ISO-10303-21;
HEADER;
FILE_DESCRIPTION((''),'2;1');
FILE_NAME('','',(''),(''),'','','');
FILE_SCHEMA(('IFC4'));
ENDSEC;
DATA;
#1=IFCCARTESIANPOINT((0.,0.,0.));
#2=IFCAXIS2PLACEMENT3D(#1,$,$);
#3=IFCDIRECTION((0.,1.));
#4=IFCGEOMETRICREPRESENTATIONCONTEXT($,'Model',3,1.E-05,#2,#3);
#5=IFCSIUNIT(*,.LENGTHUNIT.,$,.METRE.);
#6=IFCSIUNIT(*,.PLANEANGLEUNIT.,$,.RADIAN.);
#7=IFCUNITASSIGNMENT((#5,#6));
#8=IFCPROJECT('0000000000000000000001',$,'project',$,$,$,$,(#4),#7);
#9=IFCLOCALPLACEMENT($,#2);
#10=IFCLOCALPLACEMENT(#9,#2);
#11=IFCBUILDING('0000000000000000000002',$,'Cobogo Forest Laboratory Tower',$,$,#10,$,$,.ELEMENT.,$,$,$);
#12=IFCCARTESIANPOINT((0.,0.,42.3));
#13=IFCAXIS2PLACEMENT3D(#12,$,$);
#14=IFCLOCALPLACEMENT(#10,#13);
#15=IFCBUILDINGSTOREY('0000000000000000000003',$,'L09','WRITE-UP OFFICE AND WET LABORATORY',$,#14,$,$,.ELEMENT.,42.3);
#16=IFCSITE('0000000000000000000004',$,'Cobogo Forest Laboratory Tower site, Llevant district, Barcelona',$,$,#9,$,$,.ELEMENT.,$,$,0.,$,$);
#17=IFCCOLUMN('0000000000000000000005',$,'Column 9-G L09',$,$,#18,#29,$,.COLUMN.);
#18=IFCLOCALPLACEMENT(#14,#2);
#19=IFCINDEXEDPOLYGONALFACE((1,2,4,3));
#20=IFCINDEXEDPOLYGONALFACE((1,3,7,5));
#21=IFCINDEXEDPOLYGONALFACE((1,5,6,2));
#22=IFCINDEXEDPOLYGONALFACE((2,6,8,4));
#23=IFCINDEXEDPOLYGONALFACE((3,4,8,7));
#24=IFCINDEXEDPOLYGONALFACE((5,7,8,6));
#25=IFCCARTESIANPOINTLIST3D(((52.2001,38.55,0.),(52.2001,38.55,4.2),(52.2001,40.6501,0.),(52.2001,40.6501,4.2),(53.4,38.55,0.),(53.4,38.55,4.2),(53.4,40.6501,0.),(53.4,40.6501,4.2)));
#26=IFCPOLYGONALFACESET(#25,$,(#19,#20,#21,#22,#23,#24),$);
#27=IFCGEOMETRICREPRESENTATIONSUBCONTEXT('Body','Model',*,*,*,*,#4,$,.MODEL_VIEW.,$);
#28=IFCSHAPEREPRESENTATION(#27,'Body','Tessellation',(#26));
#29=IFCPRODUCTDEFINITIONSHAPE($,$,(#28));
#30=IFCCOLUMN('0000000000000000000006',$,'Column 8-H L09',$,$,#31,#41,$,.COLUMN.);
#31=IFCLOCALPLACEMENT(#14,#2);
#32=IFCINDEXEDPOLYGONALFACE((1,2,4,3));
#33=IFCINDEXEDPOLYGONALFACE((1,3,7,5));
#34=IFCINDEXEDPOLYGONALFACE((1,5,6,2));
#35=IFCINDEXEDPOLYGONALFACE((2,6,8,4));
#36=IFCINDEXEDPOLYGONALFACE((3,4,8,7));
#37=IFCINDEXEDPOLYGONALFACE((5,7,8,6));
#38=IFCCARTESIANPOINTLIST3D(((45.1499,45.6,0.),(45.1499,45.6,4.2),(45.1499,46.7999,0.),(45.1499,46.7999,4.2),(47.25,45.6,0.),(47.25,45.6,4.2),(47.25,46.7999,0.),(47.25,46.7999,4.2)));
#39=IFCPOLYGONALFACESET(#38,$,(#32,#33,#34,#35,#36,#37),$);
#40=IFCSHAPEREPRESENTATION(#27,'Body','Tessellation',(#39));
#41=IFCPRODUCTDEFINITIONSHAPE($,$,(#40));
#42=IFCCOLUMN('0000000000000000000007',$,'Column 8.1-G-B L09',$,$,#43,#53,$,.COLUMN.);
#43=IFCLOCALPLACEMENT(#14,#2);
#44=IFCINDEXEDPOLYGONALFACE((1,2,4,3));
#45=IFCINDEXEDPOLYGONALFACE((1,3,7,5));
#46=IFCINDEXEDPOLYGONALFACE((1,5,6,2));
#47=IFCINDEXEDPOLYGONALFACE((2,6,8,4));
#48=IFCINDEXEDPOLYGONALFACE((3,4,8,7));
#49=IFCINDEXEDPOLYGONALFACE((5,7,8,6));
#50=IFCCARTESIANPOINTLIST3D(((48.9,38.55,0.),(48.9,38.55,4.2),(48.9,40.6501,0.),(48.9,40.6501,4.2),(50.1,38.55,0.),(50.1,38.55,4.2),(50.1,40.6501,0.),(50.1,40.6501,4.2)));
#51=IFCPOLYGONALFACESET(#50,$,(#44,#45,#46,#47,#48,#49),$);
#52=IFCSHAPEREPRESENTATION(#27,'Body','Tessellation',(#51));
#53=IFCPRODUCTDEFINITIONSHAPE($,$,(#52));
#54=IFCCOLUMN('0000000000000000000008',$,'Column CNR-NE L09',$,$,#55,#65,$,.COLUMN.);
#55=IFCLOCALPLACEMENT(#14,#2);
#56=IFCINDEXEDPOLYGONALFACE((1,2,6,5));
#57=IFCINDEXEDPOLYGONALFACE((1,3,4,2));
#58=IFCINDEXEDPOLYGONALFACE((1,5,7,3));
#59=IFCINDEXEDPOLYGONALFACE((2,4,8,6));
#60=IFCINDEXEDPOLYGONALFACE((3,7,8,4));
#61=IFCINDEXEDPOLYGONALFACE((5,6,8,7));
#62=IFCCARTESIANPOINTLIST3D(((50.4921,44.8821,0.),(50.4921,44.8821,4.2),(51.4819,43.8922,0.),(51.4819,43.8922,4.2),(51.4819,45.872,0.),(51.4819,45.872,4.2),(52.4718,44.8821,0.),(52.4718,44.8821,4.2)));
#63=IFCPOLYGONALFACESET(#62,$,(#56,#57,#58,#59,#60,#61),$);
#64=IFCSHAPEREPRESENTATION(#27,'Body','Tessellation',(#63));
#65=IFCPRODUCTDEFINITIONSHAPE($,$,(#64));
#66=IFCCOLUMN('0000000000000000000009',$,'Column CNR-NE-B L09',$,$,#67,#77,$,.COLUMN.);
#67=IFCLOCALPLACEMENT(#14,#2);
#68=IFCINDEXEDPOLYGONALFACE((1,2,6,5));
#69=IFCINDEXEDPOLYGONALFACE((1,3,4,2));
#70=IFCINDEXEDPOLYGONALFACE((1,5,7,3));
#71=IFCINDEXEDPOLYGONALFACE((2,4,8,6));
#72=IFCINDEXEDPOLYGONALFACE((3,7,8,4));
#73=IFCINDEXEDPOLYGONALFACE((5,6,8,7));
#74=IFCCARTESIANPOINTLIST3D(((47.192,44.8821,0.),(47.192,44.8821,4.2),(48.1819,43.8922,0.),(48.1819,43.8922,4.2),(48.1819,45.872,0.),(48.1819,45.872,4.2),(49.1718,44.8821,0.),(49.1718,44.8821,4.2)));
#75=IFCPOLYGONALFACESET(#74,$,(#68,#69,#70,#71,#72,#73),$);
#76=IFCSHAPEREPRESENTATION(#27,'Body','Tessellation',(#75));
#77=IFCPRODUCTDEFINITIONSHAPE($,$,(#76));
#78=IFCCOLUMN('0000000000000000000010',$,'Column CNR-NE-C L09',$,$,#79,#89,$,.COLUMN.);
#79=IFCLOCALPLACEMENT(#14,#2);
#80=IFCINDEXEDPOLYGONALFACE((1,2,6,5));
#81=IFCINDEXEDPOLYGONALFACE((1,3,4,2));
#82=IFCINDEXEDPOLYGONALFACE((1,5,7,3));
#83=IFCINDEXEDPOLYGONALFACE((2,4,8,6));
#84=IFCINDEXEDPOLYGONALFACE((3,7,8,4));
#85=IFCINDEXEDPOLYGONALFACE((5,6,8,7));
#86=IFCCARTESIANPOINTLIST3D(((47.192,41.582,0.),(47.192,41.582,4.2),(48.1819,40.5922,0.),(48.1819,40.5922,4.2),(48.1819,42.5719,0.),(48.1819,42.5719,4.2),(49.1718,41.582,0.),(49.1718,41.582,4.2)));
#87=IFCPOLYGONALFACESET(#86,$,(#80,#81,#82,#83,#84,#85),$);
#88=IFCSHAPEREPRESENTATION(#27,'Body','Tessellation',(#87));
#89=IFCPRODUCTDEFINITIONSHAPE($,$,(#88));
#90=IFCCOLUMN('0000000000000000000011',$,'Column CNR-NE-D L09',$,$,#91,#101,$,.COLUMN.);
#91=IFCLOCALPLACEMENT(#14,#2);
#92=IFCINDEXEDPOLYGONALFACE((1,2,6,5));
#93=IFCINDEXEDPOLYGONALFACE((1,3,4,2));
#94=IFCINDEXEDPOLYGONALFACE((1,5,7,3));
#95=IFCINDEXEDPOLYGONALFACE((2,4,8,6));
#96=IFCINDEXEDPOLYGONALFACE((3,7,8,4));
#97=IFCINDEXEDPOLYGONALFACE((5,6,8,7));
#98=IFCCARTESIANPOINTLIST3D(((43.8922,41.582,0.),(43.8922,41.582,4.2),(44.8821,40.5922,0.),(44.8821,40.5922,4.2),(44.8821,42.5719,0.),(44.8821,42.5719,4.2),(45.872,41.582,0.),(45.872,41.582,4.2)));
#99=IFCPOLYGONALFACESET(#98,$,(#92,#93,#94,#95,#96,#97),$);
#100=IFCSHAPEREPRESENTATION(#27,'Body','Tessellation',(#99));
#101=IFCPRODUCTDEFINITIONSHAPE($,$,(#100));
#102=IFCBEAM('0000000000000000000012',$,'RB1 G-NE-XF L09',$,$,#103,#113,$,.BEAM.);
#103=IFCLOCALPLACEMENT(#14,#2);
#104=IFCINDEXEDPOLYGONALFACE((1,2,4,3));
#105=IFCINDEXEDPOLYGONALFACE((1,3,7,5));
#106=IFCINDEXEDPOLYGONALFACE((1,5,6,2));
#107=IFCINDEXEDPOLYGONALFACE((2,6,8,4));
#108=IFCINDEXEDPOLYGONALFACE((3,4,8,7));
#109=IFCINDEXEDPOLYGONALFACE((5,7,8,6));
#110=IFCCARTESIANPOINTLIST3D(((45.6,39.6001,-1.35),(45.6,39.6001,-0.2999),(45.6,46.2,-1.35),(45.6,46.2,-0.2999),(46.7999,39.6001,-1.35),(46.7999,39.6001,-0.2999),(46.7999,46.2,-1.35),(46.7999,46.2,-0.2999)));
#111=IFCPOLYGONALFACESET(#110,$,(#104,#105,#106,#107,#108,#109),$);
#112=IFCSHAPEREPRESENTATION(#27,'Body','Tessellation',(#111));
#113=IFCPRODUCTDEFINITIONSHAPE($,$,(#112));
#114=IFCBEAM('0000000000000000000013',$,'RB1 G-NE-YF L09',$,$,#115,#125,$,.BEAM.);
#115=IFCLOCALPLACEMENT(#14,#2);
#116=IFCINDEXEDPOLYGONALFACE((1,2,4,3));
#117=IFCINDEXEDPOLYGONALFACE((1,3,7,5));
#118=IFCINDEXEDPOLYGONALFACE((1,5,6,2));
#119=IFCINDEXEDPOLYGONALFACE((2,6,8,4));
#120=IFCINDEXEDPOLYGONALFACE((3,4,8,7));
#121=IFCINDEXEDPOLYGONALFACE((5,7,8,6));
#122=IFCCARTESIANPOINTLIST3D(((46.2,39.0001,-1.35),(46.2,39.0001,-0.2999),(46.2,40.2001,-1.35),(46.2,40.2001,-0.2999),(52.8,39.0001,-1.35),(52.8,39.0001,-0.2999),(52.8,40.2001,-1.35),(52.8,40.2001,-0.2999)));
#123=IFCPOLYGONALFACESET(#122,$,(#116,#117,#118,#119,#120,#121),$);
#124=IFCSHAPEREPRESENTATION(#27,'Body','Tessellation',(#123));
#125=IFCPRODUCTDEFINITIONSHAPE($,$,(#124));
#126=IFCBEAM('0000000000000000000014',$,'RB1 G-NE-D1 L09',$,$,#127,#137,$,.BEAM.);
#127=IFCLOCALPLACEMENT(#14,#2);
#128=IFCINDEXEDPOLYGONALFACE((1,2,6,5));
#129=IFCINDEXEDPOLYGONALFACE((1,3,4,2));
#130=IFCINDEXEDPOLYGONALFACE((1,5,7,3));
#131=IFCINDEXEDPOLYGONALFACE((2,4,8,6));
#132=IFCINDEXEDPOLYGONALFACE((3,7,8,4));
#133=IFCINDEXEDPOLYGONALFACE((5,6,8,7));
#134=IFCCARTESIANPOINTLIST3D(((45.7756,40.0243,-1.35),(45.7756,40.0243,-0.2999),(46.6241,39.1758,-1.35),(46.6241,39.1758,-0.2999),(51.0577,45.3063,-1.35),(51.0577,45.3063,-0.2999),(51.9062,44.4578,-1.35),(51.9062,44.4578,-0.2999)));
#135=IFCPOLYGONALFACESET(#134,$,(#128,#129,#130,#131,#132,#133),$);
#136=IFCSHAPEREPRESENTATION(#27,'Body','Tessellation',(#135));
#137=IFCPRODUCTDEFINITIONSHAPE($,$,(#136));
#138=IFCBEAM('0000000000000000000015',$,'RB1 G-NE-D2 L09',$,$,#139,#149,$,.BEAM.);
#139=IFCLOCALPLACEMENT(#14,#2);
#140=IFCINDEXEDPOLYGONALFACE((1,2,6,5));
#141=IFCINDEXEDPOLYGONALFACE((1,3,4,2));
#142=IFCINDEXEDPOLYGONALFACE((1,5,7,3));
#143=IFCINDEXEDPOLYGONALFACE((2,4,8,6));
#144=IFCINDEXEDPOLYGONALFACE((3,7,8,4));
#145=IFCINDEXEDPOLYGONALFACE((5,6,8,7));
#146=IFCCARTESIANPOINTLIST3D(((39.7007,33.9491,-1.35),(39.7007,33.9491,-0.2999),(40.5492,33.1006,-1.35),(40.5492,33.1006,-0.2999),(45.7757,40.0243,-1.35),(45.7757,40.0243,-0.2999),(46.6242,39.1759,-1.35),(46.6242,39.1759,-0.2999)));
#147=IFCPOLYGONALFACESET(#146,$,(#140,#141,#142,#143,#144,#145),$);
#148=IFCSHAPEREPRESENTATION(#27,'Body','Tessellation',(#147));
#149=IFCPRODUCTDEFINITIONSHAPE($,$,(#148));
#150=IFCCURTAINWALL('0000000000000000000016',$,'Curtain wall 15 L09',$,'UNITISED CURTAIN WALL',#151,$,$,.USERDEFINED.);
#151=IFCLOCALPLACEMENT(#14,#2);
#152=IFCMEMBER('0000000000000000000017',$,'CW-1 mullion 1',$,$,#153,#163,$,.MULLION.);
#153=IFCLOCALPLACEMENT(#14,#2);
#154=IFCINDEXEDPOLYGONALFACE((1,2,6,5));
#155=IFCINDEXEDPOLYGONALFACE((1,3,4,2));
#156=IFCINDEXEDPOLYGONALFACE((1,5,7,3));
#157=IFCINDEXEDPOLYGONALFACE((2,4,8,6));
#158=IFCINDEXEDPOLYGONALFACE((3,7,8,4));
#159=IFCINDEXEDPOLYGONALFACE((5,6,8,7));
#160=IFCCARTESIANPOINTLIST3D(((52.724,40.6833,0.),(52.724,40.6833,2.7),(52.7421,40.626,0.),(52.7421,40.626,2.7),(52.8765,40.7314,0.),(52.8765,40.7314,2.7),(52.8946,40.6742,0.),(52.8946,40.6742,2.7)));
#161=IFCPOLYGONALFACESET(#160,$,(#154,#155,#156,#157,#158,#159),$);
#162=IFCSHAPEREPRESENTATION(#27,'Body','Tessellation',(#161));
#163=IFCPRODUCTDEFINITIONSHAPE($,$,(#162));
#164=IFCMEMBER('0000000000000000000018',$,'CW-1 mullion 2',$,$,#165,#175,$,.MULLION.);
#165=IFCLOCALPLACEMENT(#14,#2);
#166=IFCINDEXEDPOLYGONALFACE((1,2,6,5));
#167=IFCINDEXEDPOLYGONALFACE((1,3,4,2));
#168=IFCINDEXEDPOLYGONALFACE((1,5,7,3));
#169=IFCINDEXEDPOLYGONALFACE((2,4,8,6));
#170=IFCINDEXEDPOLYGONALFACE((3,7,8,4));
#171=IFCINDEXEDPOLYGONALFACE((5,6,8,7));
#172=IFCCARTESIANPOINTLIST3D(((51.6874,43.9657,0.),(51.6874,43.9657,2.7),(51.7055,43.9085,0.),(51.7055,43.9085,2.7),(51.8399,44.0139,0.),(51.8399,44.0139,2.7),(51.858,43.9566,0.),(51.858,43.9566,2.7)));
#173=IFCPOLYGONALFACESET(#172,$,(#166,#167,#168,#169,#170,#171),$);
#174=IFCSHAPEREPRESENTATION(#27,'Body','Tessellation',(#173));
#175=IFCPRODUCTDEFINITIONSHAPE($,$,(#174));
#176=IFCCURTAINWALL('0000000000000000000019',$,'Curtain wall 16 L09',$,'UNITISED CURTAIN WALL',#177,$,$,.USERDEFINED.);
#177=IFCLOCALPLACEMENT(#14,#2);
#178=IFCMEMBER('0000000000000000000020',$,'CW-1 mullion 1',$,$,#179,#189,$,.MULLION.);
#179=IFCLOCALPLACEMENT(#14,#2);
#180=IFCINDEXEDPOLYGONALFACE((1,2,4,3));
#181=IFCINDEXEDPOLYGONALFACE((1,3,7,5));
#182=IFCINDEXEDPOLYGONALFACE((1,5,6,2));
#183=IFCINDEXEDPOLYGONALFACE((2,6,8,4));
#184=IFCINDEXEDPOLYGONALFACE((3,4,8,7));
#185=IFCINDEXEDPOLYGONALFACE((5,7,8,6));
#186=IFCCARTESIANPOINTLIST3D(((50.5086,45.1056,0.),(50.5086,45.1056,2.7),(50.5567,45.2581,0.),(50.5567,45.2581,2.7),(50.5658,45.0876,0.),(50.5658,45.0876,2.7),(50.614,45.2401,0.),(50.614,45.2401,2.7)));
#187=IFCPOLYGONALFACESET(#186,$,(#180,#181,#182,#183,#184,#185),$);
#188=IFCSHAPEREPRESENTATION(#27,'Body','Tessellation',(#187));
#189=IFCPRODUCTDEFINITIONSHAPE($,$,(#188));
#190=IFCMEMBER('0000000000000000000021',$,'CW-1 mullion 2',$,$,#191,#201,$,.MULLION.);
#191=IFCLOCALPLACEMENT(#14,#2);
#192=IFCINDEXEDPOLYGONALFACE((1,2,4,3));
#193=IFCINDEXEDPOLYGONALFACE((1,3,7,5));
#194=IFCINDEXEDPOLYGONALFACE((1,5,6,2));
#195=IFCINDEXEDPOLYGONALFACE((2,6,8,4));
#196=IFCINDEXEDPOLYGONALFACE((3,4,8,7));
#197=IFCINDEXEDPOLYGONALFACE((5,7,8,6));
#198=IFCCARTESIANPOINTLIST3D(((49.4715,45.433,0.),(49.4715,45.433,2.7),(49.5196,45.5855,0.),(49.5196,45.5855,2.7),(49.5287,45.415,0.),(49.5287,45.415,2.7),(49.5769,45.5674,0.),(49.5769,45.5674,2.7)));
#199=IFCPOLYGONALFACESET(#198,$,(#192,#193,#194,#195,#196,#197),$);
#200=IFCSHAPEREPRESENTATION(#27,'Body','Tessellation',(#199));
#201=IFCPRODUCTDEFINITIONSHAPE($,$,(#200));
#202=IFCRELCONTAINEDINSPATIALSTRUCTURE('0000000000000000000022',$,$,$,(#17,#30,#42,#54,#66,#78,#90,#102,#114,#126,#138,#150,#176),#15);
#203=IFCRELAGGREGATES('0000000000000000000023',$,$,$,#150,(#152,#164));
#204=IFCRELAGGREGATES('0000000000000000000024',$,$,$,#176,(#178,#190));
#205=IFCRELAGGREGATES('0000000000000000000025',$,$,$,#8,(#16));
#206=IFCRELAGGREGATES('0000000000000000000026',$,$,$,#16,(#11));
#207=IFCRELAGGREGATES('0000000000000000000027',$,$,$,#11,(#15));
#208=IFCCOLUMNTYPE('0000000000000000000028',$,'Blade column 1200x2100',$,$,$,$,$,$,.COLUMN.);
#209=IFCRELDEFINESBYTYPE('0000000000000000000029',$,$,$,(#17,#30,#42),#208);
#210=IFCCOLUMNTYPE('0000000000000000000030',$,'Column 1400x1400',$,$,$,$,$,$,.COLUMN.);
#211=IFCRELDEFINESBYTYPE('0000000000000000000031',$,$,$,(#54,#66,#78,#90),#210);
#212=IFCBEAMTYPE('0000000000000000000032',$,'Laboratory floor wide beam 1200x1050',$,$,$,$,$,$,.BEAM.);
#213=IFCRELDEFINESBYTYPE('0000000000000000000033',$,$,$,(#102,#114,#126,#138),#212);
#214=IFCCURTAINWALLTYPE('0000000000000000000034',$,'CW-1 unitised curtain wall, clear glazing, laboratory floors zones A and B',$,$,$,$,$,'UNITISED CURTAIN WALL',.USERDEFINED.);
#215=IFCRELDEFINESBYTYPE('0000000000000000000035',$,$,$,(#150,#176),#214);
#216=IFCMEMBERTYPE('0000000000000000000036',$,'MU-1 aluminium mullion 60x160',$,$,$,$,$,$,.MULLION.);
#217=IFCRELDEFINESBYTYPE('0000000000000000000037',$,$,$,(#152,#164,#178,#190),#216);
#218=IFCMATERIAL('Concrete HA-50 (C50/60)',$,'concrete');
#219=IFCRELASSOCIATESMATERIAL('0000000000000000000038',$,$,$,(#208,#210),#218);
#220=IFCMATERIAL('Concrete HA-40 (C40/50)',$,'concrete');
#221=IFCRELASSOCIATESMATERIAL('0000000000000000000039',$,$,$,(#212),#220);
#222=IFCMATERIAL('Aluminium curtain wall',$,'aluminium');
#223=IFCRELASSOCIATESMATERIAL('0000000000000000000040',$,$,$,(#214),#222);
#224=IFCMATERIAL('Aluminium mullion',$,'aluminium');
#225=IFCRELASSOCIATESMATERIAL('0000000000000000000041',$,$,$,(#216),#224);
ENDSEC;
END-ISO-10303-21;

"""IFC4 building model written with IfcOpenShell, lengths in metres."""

from ifc_helpers import new_model, si_unit, direction, frame, origin, origin_2d, place, context, subcontext, project, spatial, rectangle, extrude, material, material_profile, profile_set, type_object, element, aggregate, save


model = new_model("IFC4")

# Units and contexts
model_context = context("Model", 3, precision=1e-05, world=origin(), true_north=direction((0.0, 1.0)))
body_context = subcontext(model_context, "Body", "Model", "MODEL_VIEW")
ifc_project = project(units=[si_unit("LENGTHUNIT", "METRE"), si_unit("PLANEANGLEUNIT", "RADIAN")], contexts=[model_context])

# Site, building, storey
site_placement = place(None, origin())
site = spatial("IfcSite", under=ifc_project, at=site_placement, Name="Cobogo Forest Laboratory Tower site, Llevant district, Barcelona", CompositionType="ELEMENT", RefElevation=0.0)
building_placement = place(site_placement, origin())
building = spatial("IfcBuilding", under=site, at=building_placement, Name="Cobogo Forest Laboratory Tower", CompositionType="ELEMENT")
storey_placement = place(building_placement, frame((0.0, 0.0, 42.3)))
storey = spatial("IfcBuildingStorey", under=building, at=storey_placement, Name="L09", Description="WRITE-UP OFFICE AND WET LABORATORY", CompositionType="ELEMENT", Elevation=42.3)

# Columns
ifc_material_1 = material(Name="Concrete HA-50 (C50/60)", Category="concrete")
ifc_material_profile_1 = material_profile(ifc_material_1, rectangle(XDim=2.1001, YDim=1.2, at=origin_2d()), Name="RC 1200x2100")
ifc_profile_set_1 = profile_set([ifc_material_profile_1], Name="Concrete HA-50 (C50/60)")
column_type_1 = type_object("IfcColumnType", Name="Blade column 1200x2100", PredefinedType="COLUMN", material=ifc_profile_set_1)
for number, where, z_axis, x_axis, name in (
    (1, (52.8, 39.6001, 0.0), (0.0, 0.0, 1.0), (0.0, 1.0, 0.0), "Column 9-G L09"),
    (2, (46.2, 46.2, 0.0), (0.0, 0.0, 1.0), (1.0, 0.0, 0.0), "Column 8-H L09"),
    (3, (49.5, 39.6001, 0.0), (0.0, 0.0, 1.0), (0.0, 1.0, 0.0), "Column 8.1-G-B L09"),
):
    element("IfcColumn", number, at=place(storey_placement, frame(where, z_axis=z_axis, x_axis=x_axis)), inside=storey, type_object=column_type_1, Name=name, PredefinedType="COLUMN", context=body_context, shape_type="SweptSolid", body=[
        extrude(rectangle(XDim=2.1001, YDim=1.2, at=origin_2d()), origin(), (0.0, 0.0, 1.0), 4.2),
    ])
ifc_material_profile_2 = material_profile(ifc_material_1, rectangle(XDim=1.3999, YDim=1.3999, at=origin_2d()), Name="RC 1400x1400")
ifc_profile_set_2 = profile_set([ifc_material_profile_2], Name="Concrete HA-50 (C50/60)")
column_type_2 = type_object("IfcColumnType", Name="Column 1400x1400", PredefinedType="COLUMN", material=ifc_profile_set_2)
for number, where, z_axis, x_axis, name in (
    (4, (51.4819, 44.8821, 0.0), (0.0, 0.0, 1.0), (0.707107, 0.707107, 0.0), "Column CNR-NE L09"),
    (5, (48.1819, 44.8821, 0.0), (0.0, 0.0, 1.0), (0.707107, 0.707107, 0.0), "Column CNR-NE-B L09"),
    (6, (48.1819, 41.582, 0.0), (0.0, 0.0, 1.0), (0.707107, 0.707107, 0.0), "Column CNR-NE-C L09"),
    (7, (44.8821, 41.582, 0.0), (0.0, 0.0, 1.0), (0.707107, 0.707107, 0.0), "Column CNR-NE-D L09"),
):
    element("IfcColumn", number, at=place(storey_placement, frame(where, z_axis=z_axis, x_axis=x_axis)), inside=storey, type_object=column_type_2, Name=name, PredefinedType="COLUMN", context=body_context, shape_type="SweptSolid", body=[
        extrude(rectangle(XDim=1.3999, YDim=1.3999, at=origin_2d()), origin(), (0.0, 0.0, 1.0), 4.2),
    ])

# Beams
ifc_material_2 = material(Name="Concrete HA-40 (C40/50)", Category="concrete")
ifc_material_profile_3 = material_profile(ifc_material_2, rectangle(XDim=1.2, YDim=1.05, at=origin_2d()), Name="RC 1200x1050")
ifc_profile_set_3 = profile_set([ifc_material_profile_3], Name="Concrete HA-40 (C40/50)")
beam_type_1 = type_object("IfcBeamType", Name="Laboratory floor wide beam 1200x1050", PredefinedType="BEAM", material=ifc_profile_set_3)
beam_1_placement = place(storey_placement, frame((46.2, 46.2, -0.825), z_axis=(0.0, -1.0, 0.0), x_axis=(1.0, 0.0, 0.0)))
element("IfcBeam", 8, at=beam_1_placement, inside=storey, type_object=beam_type_1, Name="RB1 G-NE-XF L09", PredefinedType="BEAM", context=body_context, shape_type="SweptSolid", body=[
    extrude(rectangle(XDim=1.2, YDim=1.05, at=origin_2d()), origin(), (0.0, 0.0, 1.0), 6.5999),
])
beam_2_placement = place(storey_placement, frame((52.8, 39.6001, -0.825), z_axis=(-1.0, 0.0, 0.0), x_axis=(0.0, -1.0, 0.0)))
element("IfcBeam", 9, at=beam_2_placement, inside=storey, type_object=beam_type_1, Name="RB1 G-NE-YF L09", PredefinedType="BEAM", context=body_context, shape_type="SweptSolid", body=[
    extrude(rectangle(XDim=1.2, YDim=1.05, at=origin_2d()), origin(), (0.0, 0.0, 1.0), 6.6001),
])
beam_3_placement = place(storey_placement, frame((51.4819, 44.8821, -0.825), z_axis=(-0.707107, -0.707107, 0.0), x_axis=(0.707107, -0.707107, 0.0)))
element("IfcBeam", 10, at=beam_3_placement, inside=storey, type_object=beam_type_1, Name="RB1 G-NE-D1 L09", PredefinedType="BEAM", context=body_context, shape_type="SweptSolid", body=[
    extrude(rectangle(XDim=1.2, YDim=1.05, at=origin_2d()), origin(), (0.0, 0.0, 1.0), 7.47),
])
beam_4_placement = place(storey_placement, frame((46.2, 39.6001, -0.825), z_axis=(-0.707093, -0.707121, 0.0), x_axis=(0.707121, -0.707093, 0.0)))
element("IfcBeam", 11, at=beam_4_placement, inside=storey, type_object=beam_type_1, Name="RB1 G-NE-D2 L09", PredefinedType="BEAM", context=body_context, shape_type="SweptSolid", body=[
    extrude(rectangle(XDim=1.2, YDim=1.05, at=origin_2d()), origin(), (0.0, 0.0, 1.0), 8.5916),
])

# Curtain walls, members
ifc_material_3 = material(Name="Aluminium curtain wall", Category="aluminium")
curtain_wall_type = type_object("IfcCurtainWallType", Name="CW-1 unitised curtain wall, clear glazing, laboratory floors zones A and B", ElementType="UNITISED CURTAIN WALL", PredefinedType="USERDEFINED", material=ifc_material_3)
curtain_wall_1_placement = place(storey_placement, origin())
curtain_wall_1 = element("IfcCurtainWall", 12, at=curtain_wall_1_placement, inside=storey, type_object=curtain_wall_type, Name="Curtain wall 15 L09", ObjectType="UNITISED CURTAIN WALL", PredefinedType="USERDEFINED")
ifc_material_4 = material(Name="Aluminium mullion", Category="aluminium")
ifc_material_profile_4 = material_profile(ifc_material_4, rectangle(XDim=0.0601, YDim=0.1599, at=origin_2d()), Name="AL 60x160")
ifc_profile_set_4 = profile_set([ifc_material_profile_4], Name="Aluminium mullion")
member_type_1 = type_object("IfcMemberType", Name="MU-1 aluminium mullion 60x160", PredefinedType="MULLION", material=ifc_profile_set_4)
member_1_placement = place(storey_placement, frame((52.8093, 40.6787, 0.0), z_axis=(0.0, 0.0, 1.0), x_axis=(-0.301135, 0.953581, 0.0)))
member_1 = element("IfcMember", 13, at=member_1_placement, type_object=member_type_1, Name="CW-1 mullion 1", PredefinedType="MULLION", context=body_context, shape_type="SweptSolid", body=[
    extrude(rectangle(XDim=0.0601, YDim=0.1599, at=origin_2d()), origin(), (0.0, 0.0, 1.0), 2.7),
])
member_2_placement = place(storey_placement, frame((51.7727, 43.9612, 0.0), z_axis=(0.0, 0.0, 1.0), x_axis=(-0.301135, 0.953581, 0.0)))
member_2 = element("IfcMember", 14, at=member_2_placement, type_object=member_type_1, Name="CW-1 mullion 2", PredefinedType="MULLION", context=body_context, shape_type="SweptSolid", body=[
    extrude(rectangle(XDim=0.0601, YDim=0.1599, at=origin_2d()), origin(), (0.0, 0.0, 1.0), 2.7),
])
curtain_wall_2_placement = place(storey_placement, origin())
curtain_wall_2 = element("IfcCurtainWall", 15, at=curtain_wall_2_placement, inside=storey, type_object=curtain_wall_type, Name="Curtain wall 16 L09", ObjectType="UNITISED CURTAIN WALL", PredefinedType="USERDEFINED")
member_3_placement = place(storey_placement, frame((50.5613, 45.1729, 0.0), z_axis=(0.0, 0.0, 1.0), x_axis=(-0.953581, 0.301135, 0.0)))
member_3 = element("IfcMember", 16, at=member_3_placement, type_object=member_type_1, Name="CW-1 mullion 1", PredefinedType="MULLION", context=body_context, shape_type="SweptSolid", body=[
    extrude(rectangle(XDim=0.0601, YDim=0.1599, at=origin_2d()), origin(), (0.0, 0.0, 1.0), 2.7),
])
member_4_placement = place(storey_placement, frame((49.5242, 45.5002, 0.0), z_axis=(0.0, 0.0, 1.0), x_axis=(-0.953581, 0.301135, 0.0)))
member_4 = element("IfcMember", 17, at=member_4_placement, type_object=member_type_1, Name="CW-1 mullion 2", PredefinedType="MULLION", context=body_context, shape_type="SweptSolid", body=[
    extrude(rectangle(XDim=0.0601, YDim=0.1599, at=origin_2d()), origin(), (0.0, 0.0, 1.0), 2.7),
])

aggregate(curtain_wall_1, [member_1, member_2])
aggregate(curtain_wall_2, [member_3, member_4])

save(model, "model.ifc")
